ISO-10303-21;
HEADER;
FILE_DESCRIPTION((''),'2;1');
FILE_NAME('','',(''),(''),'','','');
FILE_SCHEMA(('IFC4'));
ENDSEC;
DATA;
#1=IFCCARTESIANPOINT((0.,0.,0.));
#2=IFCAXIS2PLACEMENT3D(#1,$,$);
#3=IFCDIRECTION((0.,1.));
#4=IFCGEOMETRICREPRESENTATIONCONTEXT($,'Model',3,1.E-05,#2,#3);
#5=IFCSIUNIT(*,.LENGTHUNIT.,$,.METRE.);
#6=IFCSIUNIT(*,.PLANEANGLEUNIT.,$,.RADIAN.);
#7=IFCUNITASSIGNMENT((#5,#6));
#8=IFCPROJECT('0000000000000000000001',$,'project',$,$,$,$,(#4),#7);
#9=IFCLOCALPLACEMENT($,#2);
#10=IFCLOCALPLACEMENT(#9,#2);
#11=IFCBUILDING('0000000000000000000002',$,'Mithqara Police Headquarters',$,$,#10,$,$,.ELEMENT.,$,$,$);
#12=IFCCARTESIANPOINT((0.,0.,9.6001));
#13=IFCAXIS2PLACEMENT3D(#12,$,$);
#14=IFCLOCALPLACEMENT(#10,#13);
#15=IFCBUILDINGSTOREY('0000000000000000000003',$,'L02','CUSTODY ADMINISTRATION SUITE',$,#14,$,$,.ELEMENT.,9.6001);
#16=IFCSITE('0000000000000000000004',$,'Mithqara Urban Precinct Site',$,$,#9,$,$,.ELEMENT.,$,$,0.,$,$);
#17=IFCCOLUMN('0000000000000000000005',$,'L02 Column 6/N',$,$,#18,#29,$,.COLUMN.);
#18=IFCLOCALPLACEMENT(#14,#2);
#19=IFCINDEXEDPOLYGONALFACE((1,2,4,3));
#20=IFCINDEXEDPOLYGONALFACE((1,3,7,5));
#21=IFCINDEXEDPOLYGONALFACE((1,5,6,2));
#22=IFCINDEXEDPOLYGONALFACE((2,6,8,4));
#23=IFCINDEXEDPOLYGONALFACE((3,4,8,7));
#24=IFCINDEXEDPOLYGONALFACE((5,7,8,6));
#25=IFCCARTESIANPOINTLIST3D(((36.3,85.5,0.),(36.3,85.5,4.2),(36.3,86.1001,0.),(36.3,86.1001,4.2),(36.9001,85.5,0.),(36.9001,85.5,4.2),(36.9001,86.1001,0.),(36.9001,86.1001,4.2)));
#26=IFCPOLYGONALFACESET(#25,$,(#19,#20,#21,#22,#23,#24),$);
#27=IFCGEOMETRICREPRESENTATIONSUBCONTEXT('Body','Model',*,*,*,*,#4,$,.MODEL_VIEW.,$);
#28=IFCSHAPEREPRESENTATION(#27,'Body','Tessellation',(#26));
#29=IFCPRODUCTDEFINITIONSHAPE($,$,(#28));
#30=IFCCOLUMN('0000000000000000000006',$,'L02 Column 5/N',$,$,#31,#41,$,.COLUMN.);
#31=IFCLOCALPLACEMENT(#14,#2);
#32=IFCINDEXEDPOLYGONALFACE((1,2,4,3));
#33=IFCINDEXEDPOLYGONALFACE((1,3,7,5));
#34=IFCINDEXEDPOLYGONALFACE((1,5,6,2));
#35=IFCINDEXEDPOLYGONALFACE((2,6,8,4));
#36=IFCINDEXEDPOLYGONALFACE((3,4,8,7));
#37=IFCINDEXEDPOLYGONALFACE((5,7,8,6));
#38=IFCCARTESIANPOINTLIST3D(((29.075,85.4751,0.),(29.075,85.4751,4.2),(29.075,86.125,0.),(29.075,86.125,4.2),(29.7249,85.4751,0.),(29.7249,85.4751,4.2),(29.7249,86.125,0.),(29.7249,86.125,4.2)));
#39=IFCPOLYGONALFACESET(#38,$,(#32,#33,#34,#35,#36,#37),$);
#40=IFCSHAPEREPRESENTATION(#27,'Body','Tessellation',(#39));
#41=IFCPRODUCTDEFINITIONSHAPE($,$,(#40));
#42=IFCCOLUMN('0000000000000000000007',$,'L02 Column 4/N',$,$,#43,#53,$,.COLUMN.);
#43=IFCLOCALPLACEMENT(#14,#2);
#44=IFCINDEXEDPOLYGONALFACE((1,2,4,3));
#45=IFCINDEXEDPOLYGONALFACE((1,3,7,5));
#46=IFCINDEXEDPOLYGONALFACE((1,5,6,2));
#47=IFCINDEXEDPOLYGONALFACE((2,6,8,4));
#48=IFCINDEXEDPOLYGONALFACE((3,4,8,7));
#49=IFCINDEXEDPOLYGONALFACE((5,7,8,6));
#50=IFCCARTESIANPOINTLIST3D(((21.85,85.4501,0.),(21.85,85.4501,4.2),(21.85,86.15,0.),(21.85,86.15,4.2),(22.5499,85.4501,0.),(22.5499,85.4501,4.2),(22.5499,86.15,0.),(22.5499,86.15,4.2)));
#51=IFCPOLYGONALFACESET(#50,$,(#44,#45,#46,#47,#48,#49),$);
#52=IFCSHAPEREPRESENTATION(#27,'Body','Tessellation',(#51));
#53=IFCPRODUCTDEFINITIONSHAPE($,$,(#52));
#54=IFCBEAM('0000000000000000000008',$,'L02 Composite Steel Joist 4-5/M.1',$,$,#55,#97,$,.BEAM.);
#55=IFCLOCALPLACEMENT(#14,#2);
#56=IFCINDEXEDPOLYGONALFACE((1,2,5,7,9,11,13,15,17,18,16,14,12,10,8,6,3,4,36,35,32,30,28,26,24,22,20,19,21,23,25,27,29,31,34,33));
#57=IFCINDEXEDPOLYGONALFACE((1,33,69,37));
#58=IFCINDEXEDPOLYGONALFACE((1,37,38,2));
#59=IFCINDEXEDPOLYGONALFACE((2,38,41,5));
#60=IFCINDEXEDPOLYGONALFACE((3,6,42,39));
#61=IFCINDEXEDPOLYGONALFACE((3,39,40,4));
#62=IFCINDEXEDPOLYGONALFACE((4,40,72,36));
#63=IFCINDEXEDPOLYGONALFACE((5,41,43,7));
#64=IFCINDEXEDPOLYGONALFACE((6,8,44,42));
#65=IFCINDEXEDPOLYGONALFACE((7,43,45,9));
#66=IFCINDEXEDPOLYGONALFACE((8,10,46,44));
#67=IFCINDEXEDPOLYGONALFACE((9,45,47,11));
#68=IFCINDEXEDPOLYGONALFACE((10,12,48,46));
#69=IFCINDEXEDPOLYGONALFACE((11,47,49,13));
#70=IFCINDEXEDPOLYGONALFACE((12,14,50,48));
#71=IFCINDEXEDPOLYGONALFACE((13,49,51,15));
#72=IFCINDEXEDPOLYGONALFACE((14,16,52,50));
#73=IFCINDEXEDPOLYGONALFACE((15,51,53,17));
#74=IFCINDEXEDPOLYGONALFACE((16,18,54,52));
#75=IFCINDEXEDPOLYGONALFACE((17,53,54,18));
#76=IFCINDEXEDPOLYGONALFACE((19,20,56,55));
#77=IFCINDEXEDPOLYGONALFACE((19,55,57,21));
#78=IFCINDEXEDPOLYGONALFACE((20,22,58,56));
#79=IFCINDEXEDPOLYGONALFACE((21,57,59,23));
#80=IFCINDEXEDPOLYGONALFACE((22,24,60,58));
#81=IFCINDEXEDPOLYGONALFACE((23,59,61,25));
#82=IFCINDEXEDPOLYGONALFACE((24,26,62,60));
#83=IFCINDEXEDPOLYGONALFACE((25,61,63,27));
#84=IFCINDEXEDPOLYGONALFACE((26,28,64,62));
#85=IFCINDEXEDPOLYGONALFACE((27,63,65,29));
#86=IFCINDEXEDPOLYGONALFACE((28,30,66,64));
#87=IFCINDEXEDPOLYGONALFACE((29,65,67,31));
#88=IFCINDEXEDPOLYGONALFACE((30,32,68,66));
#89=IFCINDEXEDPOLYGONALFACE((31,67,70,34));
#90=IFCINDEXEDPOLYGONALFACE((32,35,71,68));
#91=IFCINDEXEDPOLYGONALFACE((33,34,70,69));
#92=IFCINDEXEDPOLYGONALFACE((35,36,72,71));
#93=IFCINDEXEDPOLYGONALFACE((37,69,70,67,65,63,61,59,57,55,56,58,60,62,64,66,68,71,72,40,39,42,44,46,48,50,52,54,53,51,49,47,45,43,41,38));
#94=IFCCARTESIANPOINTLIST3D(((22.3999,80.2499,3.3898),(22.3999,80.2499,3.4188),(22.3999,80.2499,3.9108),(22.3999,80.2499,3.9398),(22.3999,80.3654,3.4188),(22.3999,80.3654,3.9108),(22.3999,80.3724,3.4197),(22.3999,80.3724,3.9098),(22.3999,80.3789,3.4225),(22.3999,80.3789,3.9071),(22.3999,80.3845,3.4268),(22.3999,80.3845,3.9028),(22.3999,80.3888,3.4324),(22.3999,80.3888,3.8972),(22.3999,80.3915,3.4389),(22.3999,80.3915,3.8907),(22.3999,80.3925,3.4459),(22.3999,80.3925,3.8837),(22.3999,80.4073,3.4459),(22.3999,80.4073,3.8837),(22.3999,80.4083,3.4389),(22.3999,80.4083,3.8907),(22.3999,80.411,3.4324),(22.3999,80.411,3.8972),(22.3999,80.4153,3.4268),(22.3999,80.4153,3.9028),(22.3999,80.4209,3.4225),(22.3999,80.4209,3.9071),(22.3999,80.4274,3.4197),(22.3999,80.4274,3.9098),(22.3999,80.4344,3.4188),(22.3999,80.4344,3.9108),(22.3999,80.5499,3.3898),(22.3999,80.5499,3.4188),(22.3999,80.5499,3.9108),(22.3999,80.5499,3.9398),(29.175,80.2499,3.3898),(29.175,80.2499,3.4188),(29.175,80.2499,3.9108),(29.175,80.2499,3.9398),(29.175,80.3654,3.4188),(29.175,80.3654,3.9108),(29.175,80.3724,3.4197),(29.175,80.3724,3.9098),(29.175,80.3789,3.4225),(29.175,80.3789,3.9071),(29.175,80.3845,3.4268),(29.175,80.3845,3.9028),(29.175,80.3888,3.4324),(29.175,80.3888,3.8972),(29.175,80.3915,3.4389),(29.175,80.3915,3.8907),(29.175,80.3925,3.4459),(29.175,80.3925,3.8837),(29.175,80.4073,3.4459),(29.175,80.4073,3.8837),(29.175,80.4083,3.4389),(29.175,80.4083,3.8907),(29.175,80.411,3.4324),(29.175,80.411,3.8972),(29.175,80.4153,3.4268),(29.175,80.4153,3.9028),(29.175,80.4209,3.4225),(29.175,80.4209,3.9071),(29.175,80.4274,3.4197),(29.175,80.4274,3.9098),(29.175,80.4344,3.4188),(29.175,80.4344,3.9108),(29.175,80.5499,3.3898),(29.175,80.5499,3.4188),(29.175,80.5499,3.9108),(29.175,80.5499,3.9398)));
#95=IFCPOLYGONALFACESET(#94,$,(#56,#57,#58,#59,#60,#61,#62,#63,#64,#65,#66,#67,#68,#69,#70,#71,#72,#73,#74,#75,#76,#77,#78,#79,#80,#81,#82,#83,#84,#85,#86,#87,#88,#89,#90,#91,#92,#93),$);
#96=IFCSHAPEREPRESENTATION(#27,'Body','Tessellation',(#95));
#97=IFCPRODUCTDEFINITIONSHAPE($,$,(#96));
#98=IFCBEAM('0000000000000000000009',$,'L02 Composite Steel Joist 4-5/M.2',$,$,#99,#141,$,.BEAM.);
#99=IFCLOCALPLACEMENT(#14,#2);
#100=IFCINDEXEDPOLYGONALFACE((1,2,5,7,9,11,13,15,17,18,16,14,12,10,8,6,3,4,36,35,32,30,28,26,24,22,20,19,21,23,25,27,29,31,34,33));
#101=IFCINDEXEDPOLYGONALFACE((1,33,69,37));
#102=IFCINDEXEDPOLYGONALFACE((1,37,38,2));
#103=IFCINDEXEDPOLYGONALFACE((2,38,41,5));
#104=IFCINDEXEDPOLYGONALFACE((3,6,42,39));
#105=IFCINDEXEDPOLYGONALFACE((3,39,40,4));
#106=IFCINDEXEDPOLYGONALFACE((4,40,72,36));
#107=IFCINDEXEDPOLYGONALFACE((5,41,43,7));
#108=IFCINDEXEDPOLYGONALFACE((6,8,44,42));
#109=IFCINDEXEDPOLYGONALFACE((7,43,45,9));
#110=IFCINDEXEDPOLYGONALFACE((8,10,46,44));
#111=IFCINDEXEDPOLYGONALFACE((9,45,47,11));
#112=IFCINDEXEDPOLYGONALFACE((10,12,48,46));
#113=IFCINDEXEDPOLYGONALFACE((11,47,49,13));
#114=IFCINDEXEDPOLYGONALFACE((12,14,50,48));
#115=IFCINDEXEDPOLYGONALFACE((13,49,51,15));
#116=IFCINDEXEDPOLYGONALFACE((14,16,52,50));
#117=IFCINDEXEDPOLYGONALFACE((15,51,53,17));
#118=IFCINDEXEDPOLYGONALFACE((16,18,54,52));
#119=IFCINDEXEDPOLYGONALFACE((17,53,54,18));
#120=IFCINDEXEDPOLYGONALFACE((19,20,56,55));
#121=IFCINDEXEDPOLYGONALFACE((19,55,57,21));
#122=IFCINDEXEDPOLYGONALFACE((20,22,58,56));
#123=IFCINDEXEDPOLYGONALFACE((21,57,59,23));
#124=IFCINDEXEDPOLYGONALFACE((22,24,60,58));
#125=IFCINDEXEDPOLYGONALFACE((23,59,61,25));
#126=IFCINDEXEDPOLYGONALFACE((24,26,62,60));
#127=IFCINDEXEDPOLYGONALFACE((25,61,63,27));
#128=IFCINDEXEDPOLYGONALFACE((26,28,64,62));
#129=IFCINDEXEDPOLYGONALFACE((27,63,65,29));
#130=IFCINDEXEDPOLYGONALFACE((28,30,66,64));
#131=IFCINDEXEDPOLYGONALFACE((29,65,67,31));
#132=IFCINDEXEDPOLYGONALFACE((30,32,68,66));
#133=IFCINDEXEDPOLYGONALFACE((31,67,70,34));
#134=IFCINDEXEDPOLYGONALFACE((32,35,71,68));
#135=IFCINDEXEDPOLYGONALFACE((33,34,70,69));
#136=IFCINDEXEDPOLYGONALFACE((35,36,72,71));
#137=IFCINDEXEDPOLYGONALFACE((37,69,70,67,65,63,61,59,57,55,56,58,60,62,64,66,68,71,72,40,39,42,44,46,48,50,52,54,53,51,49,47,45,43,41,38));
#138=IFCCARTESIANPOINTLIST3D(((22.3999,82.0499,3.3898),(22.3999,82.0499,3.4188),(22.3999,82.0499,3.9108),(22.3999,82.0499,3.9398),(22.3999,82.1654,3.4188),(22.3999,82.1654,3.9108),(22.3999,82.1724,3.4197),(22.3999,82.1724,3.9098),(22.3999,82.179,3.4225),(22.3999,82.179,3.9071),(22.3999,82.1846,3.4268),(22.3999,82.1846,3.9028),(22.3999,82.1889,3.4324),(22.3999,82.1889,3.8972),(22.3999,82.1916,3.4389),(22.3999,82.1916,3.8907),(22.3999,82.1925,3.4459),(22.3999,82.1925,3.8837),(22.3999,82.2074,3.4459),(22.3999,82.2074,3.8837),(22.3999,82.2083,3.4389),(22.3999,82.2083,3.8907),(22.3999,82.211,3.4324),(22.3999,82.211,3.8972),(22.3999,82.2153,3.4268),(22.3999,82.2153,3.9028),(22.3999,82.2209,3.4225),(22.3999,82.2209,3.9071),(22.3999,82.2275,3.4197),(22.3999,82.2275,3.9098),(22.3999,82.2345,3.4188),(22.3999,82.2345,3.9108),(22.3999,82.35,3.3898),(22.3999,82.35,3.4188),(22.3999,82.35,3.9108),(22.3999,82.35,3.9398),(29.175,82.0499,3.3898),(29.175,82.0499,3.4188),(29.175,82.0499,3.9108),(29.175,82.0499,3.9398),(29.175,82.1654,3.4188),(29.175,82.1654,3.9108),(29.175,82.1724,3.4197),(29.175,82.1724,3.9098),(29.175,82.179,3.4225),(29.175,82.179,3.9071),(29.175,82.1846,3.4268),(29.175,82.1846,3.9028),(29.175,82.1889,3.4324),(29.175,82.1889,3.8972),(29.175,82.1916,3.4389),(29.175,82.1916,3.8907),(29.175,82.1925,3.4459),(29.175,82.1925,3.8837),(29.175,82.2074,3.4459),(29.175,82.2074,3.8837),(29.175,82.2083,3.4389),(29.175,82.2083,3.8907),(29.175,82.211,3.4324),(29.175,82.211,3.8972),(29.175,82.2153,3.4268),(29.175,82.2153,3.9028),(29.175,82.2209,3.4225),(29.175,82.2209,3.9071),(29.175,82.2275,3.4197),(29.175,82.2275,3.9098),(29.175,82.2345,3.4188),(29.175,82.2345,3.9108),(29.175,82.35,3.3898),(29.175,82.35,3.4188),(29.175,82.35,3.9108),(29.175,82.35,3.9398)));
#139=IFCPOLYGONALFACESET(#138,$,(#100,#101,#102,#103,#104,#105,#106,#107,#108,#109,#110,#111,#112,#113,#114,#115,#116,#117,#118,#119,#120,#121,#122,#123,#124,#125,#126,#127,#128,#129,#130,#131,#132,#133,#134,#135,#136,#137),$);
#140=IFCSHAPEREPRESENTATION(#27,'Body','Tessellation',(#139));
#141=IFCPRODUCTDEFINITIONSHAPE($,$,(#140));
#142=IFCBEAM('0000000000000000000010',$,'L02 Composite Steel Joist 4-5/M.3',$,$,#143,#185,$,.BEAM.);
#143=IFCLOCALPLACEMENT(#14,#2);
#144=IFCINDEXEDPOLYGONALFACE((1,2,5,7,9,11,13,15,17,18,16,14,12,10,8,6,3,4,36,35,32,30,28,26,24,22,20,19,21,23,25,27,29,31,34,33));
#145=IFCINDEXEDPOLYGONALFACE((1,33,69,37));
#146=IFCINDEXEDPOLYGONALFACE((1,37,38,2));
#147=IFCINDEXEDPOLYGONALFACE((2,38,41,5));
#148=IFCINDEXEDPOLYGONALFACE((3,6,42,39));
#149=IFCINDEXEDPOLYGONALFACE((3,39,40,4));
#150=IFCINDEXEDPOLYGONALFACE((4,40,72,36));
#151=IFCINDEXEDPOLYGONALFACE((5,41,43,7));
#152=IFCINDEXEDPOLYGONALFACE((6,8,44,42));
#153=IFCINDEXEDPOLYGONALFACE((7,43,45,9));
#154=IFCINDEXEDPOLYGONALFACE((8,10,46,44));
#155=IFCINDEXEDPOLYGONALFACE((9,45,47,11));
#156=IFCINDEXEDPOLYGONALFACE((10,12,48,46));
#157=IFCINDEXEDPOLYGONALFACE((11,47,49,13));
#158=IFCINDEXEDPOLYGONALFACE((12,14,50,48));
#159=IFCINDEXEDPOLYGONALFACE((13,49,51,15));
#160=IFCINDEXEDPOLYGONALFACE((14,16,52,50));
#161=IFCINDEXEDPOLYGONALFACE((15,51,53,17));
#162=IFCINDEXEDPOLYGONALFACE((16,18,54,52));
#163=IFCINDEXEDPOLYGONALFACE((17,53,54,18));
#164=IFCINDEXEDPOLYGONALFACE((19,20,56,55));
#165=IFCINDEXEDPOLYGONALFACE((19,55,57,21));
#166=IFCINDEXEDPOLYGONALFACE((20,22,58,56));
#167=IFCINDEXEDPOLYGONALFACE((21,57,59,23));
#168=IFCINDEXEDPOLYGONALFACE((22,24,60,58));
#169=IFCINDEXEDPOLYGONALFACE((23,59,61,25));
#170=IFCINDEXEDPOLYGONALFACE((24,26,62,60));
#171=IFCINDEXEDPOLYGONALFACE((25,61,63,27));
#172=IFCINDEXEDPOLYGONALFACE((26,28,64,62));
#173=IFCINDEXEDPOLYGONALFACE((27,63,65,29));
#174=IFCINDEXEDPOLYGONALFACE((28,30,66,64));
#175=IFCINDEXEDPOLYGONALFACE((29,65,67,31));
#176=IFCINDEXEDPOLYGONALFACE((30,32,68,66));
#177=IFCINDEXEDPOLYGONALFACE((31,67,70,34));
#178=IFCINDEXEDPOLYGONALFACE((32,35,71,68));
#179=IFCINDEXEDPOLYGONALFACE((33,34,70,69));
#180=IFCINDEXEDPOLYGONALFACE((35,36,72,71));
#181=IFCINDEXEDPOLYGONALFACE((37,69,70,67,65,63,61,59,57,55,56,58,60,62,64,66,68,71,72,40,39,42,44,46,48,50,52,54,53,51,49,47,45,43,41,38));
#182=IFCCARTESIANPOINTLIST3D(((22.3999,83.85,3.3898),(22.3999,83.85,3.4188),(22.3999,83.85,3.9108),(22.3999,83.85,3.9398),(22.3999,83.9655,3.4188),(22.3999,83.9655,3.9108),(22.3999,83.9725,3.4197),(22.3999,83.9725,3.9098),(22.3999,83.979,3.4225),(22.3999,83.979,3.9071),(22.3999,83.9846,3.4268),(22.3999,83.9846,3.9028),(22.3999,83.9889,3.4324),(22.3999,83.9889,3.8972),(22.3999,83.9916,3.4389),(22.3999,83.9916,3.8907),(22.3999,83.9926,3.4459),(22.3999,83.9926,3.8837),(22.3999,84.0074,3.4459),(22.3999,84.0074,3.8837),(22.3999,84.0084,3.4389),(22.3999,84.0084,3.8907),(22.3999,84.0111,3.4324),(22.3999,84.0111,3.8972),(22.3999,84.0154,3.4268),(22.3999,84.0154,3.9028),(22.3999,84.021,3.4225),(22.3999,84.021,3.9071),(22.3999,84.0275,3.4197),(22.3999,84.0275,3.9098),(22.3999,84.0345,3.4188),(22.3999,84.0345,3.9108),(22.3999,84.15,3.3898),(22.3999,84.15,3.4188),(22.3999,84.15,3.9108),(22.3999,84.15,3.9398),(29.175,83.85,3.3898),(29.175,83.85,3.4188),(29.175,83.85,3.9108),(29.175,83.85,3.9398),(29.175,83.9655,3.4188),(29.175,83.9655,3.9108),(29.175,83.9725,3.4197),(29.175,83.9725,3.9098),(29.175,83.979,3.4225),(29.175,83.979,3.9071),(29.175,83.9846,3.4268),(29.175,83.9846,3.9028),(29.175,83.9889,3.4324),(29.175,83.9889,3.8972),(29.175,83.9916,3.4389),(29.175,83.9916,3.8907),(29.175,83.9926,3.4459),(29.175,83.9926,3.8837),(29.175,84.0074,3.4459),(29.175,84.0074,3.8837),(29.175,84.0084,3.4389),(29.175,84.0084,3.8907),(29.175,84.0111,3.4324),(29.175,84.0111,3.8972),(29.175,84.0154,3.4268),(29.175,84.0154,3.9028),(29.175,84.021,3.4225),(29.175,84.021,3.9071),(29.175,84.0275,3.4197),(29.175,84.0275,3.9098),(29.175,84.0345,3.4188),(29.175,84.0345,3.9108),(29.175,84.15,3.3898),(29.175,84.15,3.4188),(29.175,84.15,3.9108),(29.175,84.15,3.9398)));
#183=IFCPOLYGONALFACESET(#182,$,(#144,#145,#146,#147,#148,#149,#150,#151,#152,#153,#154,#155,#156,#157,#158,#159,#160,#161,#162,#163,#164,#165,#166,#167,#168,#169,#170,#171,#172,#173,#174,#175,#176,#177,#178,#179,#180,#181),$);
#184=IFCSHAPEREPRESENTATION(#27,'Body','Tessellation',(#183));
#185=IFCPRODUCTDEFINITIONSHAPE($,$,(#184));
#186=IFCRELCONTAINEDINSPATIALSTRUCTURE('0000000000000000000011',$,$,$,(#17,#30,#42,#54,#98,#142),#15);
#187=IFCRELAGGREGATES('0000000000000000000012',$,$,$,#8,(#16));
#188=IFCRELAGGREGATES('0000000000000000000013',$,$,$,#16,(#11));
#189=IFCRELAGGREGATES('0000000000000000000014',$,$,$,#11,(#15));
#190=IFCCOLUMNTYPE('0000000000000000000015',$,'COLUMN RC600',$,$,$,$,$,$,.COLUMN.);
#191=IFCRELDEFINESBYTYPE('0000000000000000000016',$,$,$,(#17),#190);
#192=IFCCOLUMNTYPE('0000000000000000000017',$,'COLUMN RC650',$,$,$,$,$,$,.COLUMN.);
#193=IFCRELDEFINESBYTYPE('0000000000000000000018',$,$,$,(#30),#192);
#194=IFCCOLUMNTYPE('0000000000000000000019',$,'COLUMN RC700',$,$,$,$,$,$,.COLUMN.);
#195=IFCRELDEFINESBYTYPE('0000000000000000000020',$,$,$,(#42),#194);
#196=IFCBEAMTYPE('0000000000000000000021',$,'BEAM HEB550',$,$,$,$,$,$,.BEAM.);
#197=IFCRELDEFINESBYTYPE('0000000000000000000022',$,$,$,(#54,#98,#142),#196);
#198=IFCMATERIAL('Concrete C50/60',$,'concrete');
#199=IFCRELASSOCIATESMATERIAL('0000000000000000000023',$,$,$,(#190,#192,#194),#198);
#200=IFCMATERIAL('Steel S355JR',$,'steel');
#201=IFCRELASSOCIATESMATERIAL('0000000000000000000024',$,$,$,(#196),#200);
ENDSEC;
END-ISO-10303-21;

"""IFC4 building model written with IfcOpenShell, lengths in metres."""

from ifc_helpers import new_model, si_unit, direction, frame, origin, origin_2d, place, context, subcontext, project, spatial, rectangle, i_section, extrude, material, material_profile, profile_set, type_object, element, save


model = new_model("IFC4")

# Units and contexts
model_context = context("Model", 3, precision=1e-05, world=origin(), true_north=direction((0.0, 1.0)))
body_context = subcontext(model_context, "Body", "Model", "MODEL_VIEW")
ifc_project = project(units=[si_unit("LENGTHUNIT", "METRE"), si_unit("PLANEANGLEUNIT", "RADIAN")], contexts=[model_context])

# Site, building, storey
site_placement = place(None, origin())
site = spatial("IfcSite", under=ifc_project, at=site_placement, Name="Mithqara Urban Precinct Site", CompositionType="ELEMENT", RefElevation=0.0)
building_placement = place(site_placement, origin())
building = spatial("IfcBuilding", under=site, at=building_placement, Name="Mithqara Police Headquarters", CompositionType="ELEMENT")
storey_placement = place(building_placement, frame((0.0, 0.0, 9.6001)))
storey = spatial("IfcBuildingStorey", under=building, at=storey_placement, Name="L02", Description="CUSTODY ADMINISTRATION SUITE", CompositionType="ELEMENT", Elevation=9.6001)

# Columns
ifc_material_1 = material(Name="Concrete C50/60", Category="concrete")
ifc_material_profile_1 = material_profile(ifc_material_1, rectangle(XDim=0.6001, YDim=0.6001, at=origin_2d()), Name="RC 600x600")
ifc_profile_set_1 = profile_set([ifc_material_profile_1], Name="Concrete C50/60")
column_type_1 = type_object("IfcColumnType", Name="COLUMN RC600", PredefinedType="COLUMN", material=ifc_profile_set_1)
column_1_placement = place(storey_placement, frame((36.6001, 85.8, 0.0), z_axis=(0.0, 0.0, 1.0), x_axis=(1.0, 0.0, 0.0)))
element("IfcColumn", 1, at=column_1_placement, inside=storey, type_object=column_type_1, Name="L02 Column 6/N", PredefinedType="COLUMN", context=body_context, shape_type="SweptSolid", body=[
    extrude(rectangle(XDim=0.6001, YDim=0.6001, at=origin_2d()), origin(), (0.0, 0.0, 1.0), 4.2),
])
ifc_material_profile_2 = material_profile(ifc_material_1, rectangle(XDim=0.6499, YDim=0.6499, at=origin_2d()), Name="RC 650x650")
ifc_profile_set_2 = profile_set([ifc_material_profile_2], Name="Concrete C50/60")
column_type_2 = type_object("IfcColumnType", Name="COLUMN RC650", PredefinedType="COLUMN", material=ifc_profile_set_2)
column_2_placement = place(storey_placement, frame((29.3999, 85.8, 0.0), z_axis=(0.0, 0.0, 1.0), x_axis=(1.0, 0.0, 0.0)))
element("IfcColumn", 2, at=column_2_placement, inside=storey, type_object=column_type_2, Name="L02 Column 5/N", PredefinedType="COLUMN", context=body_context, shape_type="SweptSolid", body=[
    extrude(rectangle(XDim=0.6499, YDim=0.6499, at=origin_2d()), origin(), (0.0, 0.0, 1.0), 4.2),
])
ifc_material_profile_3 = material_profile(ifc_material_1, rectangle(XDim=0.7, YDim=0.7, at=origin_2d()), Name="RC 700x700")
ifc_profile_set_3 = profile_set([ifc_material_profile_3], Name="Concrete C50/60")
column_type_3 = type_object("IfcColumnType", Name="COLUMN RC700", PredefinedType="COLUMN", material=ifc_profile_set_3)
column_3_placement = place(storey_placement, frame((22.2, 85.8, 0.0), z_axis=(0.0, 0.0, 1.0), x_axis=(1.0, 0.0, 0.0)))
element("IfcColumn", 3, at=column_3_placement, inside=storey, type_object=column_type_3, Name="L02 Column 4/N", PredefinedType="COLUMN", context=body_context, shape_type="SweptSolid", body=[
    extrude(rectangle(XDim=0.7, YDim=0.7, at=origin_2d()), origin(), (0.0, 0.0, 1.0), 4.2),
])

# Beams
ifc_material_2 = material(Name="Steel S355JR", Category="steel")
ifc_material_profile_4 = material_profile(ifc_material_2, i_section(OverallWidth=0.3, OverallDepth=0.55, WebThickness=0.0149, FlangeThickness=0.0291, FilletRadius=0.0271, at=origin_2d()), Name="HEB 550")
ifc_profile_set_4 = profile_set([ifc_material_profile_4], Name="Steel S355JR")
beam_type_1 = type_object("IfcBeamType", Name="BEAM HEB550", PredefinedType="BEAM", material=ifc_profile_set_4)
for number, where, z_axis, x_axis, name in (
    (4, (22.3999, 80.3999, 3.6648), (1.0, 0.0, 0.0), (0.0, 1.0, 0.0), "L02 Composite Steel Joist 4-5/M.1"),
    (5, (22.3999, 82.2, 3.6648), (1.0, 0.0, 0.0), (0.0, 1.0, 0.0), "L02 Composite Steel Joist 4-5/M.2"),
    (6, (22.3999, 84.0, 3.6648), (1.0, 0.0, 0.0), (0.0, 1.0, 0.0), "L02 Composite Steel Joist 4-5/M.3"),
):
    element("IfcBeam", number, at=place(storey_placement, frame(where, z_axis=z_axis, x_axis=x_axis)), inside=storey, type_object=beam_type_1, Name=name, PredefinedType="BEAM", context=body_context, shape_type="SweptSolid", body=[
        extrude(i_section(OverallWidth=0.3, OverallDepth=0.55, WebThickness=0.0149, FlangeThickness=0.0291, FilletRadius=0.0271, at=origin_2d()), origin(), (0.0, 0.0, 1.0), 6.7751),
    ])

save(model, "model.ifc")
